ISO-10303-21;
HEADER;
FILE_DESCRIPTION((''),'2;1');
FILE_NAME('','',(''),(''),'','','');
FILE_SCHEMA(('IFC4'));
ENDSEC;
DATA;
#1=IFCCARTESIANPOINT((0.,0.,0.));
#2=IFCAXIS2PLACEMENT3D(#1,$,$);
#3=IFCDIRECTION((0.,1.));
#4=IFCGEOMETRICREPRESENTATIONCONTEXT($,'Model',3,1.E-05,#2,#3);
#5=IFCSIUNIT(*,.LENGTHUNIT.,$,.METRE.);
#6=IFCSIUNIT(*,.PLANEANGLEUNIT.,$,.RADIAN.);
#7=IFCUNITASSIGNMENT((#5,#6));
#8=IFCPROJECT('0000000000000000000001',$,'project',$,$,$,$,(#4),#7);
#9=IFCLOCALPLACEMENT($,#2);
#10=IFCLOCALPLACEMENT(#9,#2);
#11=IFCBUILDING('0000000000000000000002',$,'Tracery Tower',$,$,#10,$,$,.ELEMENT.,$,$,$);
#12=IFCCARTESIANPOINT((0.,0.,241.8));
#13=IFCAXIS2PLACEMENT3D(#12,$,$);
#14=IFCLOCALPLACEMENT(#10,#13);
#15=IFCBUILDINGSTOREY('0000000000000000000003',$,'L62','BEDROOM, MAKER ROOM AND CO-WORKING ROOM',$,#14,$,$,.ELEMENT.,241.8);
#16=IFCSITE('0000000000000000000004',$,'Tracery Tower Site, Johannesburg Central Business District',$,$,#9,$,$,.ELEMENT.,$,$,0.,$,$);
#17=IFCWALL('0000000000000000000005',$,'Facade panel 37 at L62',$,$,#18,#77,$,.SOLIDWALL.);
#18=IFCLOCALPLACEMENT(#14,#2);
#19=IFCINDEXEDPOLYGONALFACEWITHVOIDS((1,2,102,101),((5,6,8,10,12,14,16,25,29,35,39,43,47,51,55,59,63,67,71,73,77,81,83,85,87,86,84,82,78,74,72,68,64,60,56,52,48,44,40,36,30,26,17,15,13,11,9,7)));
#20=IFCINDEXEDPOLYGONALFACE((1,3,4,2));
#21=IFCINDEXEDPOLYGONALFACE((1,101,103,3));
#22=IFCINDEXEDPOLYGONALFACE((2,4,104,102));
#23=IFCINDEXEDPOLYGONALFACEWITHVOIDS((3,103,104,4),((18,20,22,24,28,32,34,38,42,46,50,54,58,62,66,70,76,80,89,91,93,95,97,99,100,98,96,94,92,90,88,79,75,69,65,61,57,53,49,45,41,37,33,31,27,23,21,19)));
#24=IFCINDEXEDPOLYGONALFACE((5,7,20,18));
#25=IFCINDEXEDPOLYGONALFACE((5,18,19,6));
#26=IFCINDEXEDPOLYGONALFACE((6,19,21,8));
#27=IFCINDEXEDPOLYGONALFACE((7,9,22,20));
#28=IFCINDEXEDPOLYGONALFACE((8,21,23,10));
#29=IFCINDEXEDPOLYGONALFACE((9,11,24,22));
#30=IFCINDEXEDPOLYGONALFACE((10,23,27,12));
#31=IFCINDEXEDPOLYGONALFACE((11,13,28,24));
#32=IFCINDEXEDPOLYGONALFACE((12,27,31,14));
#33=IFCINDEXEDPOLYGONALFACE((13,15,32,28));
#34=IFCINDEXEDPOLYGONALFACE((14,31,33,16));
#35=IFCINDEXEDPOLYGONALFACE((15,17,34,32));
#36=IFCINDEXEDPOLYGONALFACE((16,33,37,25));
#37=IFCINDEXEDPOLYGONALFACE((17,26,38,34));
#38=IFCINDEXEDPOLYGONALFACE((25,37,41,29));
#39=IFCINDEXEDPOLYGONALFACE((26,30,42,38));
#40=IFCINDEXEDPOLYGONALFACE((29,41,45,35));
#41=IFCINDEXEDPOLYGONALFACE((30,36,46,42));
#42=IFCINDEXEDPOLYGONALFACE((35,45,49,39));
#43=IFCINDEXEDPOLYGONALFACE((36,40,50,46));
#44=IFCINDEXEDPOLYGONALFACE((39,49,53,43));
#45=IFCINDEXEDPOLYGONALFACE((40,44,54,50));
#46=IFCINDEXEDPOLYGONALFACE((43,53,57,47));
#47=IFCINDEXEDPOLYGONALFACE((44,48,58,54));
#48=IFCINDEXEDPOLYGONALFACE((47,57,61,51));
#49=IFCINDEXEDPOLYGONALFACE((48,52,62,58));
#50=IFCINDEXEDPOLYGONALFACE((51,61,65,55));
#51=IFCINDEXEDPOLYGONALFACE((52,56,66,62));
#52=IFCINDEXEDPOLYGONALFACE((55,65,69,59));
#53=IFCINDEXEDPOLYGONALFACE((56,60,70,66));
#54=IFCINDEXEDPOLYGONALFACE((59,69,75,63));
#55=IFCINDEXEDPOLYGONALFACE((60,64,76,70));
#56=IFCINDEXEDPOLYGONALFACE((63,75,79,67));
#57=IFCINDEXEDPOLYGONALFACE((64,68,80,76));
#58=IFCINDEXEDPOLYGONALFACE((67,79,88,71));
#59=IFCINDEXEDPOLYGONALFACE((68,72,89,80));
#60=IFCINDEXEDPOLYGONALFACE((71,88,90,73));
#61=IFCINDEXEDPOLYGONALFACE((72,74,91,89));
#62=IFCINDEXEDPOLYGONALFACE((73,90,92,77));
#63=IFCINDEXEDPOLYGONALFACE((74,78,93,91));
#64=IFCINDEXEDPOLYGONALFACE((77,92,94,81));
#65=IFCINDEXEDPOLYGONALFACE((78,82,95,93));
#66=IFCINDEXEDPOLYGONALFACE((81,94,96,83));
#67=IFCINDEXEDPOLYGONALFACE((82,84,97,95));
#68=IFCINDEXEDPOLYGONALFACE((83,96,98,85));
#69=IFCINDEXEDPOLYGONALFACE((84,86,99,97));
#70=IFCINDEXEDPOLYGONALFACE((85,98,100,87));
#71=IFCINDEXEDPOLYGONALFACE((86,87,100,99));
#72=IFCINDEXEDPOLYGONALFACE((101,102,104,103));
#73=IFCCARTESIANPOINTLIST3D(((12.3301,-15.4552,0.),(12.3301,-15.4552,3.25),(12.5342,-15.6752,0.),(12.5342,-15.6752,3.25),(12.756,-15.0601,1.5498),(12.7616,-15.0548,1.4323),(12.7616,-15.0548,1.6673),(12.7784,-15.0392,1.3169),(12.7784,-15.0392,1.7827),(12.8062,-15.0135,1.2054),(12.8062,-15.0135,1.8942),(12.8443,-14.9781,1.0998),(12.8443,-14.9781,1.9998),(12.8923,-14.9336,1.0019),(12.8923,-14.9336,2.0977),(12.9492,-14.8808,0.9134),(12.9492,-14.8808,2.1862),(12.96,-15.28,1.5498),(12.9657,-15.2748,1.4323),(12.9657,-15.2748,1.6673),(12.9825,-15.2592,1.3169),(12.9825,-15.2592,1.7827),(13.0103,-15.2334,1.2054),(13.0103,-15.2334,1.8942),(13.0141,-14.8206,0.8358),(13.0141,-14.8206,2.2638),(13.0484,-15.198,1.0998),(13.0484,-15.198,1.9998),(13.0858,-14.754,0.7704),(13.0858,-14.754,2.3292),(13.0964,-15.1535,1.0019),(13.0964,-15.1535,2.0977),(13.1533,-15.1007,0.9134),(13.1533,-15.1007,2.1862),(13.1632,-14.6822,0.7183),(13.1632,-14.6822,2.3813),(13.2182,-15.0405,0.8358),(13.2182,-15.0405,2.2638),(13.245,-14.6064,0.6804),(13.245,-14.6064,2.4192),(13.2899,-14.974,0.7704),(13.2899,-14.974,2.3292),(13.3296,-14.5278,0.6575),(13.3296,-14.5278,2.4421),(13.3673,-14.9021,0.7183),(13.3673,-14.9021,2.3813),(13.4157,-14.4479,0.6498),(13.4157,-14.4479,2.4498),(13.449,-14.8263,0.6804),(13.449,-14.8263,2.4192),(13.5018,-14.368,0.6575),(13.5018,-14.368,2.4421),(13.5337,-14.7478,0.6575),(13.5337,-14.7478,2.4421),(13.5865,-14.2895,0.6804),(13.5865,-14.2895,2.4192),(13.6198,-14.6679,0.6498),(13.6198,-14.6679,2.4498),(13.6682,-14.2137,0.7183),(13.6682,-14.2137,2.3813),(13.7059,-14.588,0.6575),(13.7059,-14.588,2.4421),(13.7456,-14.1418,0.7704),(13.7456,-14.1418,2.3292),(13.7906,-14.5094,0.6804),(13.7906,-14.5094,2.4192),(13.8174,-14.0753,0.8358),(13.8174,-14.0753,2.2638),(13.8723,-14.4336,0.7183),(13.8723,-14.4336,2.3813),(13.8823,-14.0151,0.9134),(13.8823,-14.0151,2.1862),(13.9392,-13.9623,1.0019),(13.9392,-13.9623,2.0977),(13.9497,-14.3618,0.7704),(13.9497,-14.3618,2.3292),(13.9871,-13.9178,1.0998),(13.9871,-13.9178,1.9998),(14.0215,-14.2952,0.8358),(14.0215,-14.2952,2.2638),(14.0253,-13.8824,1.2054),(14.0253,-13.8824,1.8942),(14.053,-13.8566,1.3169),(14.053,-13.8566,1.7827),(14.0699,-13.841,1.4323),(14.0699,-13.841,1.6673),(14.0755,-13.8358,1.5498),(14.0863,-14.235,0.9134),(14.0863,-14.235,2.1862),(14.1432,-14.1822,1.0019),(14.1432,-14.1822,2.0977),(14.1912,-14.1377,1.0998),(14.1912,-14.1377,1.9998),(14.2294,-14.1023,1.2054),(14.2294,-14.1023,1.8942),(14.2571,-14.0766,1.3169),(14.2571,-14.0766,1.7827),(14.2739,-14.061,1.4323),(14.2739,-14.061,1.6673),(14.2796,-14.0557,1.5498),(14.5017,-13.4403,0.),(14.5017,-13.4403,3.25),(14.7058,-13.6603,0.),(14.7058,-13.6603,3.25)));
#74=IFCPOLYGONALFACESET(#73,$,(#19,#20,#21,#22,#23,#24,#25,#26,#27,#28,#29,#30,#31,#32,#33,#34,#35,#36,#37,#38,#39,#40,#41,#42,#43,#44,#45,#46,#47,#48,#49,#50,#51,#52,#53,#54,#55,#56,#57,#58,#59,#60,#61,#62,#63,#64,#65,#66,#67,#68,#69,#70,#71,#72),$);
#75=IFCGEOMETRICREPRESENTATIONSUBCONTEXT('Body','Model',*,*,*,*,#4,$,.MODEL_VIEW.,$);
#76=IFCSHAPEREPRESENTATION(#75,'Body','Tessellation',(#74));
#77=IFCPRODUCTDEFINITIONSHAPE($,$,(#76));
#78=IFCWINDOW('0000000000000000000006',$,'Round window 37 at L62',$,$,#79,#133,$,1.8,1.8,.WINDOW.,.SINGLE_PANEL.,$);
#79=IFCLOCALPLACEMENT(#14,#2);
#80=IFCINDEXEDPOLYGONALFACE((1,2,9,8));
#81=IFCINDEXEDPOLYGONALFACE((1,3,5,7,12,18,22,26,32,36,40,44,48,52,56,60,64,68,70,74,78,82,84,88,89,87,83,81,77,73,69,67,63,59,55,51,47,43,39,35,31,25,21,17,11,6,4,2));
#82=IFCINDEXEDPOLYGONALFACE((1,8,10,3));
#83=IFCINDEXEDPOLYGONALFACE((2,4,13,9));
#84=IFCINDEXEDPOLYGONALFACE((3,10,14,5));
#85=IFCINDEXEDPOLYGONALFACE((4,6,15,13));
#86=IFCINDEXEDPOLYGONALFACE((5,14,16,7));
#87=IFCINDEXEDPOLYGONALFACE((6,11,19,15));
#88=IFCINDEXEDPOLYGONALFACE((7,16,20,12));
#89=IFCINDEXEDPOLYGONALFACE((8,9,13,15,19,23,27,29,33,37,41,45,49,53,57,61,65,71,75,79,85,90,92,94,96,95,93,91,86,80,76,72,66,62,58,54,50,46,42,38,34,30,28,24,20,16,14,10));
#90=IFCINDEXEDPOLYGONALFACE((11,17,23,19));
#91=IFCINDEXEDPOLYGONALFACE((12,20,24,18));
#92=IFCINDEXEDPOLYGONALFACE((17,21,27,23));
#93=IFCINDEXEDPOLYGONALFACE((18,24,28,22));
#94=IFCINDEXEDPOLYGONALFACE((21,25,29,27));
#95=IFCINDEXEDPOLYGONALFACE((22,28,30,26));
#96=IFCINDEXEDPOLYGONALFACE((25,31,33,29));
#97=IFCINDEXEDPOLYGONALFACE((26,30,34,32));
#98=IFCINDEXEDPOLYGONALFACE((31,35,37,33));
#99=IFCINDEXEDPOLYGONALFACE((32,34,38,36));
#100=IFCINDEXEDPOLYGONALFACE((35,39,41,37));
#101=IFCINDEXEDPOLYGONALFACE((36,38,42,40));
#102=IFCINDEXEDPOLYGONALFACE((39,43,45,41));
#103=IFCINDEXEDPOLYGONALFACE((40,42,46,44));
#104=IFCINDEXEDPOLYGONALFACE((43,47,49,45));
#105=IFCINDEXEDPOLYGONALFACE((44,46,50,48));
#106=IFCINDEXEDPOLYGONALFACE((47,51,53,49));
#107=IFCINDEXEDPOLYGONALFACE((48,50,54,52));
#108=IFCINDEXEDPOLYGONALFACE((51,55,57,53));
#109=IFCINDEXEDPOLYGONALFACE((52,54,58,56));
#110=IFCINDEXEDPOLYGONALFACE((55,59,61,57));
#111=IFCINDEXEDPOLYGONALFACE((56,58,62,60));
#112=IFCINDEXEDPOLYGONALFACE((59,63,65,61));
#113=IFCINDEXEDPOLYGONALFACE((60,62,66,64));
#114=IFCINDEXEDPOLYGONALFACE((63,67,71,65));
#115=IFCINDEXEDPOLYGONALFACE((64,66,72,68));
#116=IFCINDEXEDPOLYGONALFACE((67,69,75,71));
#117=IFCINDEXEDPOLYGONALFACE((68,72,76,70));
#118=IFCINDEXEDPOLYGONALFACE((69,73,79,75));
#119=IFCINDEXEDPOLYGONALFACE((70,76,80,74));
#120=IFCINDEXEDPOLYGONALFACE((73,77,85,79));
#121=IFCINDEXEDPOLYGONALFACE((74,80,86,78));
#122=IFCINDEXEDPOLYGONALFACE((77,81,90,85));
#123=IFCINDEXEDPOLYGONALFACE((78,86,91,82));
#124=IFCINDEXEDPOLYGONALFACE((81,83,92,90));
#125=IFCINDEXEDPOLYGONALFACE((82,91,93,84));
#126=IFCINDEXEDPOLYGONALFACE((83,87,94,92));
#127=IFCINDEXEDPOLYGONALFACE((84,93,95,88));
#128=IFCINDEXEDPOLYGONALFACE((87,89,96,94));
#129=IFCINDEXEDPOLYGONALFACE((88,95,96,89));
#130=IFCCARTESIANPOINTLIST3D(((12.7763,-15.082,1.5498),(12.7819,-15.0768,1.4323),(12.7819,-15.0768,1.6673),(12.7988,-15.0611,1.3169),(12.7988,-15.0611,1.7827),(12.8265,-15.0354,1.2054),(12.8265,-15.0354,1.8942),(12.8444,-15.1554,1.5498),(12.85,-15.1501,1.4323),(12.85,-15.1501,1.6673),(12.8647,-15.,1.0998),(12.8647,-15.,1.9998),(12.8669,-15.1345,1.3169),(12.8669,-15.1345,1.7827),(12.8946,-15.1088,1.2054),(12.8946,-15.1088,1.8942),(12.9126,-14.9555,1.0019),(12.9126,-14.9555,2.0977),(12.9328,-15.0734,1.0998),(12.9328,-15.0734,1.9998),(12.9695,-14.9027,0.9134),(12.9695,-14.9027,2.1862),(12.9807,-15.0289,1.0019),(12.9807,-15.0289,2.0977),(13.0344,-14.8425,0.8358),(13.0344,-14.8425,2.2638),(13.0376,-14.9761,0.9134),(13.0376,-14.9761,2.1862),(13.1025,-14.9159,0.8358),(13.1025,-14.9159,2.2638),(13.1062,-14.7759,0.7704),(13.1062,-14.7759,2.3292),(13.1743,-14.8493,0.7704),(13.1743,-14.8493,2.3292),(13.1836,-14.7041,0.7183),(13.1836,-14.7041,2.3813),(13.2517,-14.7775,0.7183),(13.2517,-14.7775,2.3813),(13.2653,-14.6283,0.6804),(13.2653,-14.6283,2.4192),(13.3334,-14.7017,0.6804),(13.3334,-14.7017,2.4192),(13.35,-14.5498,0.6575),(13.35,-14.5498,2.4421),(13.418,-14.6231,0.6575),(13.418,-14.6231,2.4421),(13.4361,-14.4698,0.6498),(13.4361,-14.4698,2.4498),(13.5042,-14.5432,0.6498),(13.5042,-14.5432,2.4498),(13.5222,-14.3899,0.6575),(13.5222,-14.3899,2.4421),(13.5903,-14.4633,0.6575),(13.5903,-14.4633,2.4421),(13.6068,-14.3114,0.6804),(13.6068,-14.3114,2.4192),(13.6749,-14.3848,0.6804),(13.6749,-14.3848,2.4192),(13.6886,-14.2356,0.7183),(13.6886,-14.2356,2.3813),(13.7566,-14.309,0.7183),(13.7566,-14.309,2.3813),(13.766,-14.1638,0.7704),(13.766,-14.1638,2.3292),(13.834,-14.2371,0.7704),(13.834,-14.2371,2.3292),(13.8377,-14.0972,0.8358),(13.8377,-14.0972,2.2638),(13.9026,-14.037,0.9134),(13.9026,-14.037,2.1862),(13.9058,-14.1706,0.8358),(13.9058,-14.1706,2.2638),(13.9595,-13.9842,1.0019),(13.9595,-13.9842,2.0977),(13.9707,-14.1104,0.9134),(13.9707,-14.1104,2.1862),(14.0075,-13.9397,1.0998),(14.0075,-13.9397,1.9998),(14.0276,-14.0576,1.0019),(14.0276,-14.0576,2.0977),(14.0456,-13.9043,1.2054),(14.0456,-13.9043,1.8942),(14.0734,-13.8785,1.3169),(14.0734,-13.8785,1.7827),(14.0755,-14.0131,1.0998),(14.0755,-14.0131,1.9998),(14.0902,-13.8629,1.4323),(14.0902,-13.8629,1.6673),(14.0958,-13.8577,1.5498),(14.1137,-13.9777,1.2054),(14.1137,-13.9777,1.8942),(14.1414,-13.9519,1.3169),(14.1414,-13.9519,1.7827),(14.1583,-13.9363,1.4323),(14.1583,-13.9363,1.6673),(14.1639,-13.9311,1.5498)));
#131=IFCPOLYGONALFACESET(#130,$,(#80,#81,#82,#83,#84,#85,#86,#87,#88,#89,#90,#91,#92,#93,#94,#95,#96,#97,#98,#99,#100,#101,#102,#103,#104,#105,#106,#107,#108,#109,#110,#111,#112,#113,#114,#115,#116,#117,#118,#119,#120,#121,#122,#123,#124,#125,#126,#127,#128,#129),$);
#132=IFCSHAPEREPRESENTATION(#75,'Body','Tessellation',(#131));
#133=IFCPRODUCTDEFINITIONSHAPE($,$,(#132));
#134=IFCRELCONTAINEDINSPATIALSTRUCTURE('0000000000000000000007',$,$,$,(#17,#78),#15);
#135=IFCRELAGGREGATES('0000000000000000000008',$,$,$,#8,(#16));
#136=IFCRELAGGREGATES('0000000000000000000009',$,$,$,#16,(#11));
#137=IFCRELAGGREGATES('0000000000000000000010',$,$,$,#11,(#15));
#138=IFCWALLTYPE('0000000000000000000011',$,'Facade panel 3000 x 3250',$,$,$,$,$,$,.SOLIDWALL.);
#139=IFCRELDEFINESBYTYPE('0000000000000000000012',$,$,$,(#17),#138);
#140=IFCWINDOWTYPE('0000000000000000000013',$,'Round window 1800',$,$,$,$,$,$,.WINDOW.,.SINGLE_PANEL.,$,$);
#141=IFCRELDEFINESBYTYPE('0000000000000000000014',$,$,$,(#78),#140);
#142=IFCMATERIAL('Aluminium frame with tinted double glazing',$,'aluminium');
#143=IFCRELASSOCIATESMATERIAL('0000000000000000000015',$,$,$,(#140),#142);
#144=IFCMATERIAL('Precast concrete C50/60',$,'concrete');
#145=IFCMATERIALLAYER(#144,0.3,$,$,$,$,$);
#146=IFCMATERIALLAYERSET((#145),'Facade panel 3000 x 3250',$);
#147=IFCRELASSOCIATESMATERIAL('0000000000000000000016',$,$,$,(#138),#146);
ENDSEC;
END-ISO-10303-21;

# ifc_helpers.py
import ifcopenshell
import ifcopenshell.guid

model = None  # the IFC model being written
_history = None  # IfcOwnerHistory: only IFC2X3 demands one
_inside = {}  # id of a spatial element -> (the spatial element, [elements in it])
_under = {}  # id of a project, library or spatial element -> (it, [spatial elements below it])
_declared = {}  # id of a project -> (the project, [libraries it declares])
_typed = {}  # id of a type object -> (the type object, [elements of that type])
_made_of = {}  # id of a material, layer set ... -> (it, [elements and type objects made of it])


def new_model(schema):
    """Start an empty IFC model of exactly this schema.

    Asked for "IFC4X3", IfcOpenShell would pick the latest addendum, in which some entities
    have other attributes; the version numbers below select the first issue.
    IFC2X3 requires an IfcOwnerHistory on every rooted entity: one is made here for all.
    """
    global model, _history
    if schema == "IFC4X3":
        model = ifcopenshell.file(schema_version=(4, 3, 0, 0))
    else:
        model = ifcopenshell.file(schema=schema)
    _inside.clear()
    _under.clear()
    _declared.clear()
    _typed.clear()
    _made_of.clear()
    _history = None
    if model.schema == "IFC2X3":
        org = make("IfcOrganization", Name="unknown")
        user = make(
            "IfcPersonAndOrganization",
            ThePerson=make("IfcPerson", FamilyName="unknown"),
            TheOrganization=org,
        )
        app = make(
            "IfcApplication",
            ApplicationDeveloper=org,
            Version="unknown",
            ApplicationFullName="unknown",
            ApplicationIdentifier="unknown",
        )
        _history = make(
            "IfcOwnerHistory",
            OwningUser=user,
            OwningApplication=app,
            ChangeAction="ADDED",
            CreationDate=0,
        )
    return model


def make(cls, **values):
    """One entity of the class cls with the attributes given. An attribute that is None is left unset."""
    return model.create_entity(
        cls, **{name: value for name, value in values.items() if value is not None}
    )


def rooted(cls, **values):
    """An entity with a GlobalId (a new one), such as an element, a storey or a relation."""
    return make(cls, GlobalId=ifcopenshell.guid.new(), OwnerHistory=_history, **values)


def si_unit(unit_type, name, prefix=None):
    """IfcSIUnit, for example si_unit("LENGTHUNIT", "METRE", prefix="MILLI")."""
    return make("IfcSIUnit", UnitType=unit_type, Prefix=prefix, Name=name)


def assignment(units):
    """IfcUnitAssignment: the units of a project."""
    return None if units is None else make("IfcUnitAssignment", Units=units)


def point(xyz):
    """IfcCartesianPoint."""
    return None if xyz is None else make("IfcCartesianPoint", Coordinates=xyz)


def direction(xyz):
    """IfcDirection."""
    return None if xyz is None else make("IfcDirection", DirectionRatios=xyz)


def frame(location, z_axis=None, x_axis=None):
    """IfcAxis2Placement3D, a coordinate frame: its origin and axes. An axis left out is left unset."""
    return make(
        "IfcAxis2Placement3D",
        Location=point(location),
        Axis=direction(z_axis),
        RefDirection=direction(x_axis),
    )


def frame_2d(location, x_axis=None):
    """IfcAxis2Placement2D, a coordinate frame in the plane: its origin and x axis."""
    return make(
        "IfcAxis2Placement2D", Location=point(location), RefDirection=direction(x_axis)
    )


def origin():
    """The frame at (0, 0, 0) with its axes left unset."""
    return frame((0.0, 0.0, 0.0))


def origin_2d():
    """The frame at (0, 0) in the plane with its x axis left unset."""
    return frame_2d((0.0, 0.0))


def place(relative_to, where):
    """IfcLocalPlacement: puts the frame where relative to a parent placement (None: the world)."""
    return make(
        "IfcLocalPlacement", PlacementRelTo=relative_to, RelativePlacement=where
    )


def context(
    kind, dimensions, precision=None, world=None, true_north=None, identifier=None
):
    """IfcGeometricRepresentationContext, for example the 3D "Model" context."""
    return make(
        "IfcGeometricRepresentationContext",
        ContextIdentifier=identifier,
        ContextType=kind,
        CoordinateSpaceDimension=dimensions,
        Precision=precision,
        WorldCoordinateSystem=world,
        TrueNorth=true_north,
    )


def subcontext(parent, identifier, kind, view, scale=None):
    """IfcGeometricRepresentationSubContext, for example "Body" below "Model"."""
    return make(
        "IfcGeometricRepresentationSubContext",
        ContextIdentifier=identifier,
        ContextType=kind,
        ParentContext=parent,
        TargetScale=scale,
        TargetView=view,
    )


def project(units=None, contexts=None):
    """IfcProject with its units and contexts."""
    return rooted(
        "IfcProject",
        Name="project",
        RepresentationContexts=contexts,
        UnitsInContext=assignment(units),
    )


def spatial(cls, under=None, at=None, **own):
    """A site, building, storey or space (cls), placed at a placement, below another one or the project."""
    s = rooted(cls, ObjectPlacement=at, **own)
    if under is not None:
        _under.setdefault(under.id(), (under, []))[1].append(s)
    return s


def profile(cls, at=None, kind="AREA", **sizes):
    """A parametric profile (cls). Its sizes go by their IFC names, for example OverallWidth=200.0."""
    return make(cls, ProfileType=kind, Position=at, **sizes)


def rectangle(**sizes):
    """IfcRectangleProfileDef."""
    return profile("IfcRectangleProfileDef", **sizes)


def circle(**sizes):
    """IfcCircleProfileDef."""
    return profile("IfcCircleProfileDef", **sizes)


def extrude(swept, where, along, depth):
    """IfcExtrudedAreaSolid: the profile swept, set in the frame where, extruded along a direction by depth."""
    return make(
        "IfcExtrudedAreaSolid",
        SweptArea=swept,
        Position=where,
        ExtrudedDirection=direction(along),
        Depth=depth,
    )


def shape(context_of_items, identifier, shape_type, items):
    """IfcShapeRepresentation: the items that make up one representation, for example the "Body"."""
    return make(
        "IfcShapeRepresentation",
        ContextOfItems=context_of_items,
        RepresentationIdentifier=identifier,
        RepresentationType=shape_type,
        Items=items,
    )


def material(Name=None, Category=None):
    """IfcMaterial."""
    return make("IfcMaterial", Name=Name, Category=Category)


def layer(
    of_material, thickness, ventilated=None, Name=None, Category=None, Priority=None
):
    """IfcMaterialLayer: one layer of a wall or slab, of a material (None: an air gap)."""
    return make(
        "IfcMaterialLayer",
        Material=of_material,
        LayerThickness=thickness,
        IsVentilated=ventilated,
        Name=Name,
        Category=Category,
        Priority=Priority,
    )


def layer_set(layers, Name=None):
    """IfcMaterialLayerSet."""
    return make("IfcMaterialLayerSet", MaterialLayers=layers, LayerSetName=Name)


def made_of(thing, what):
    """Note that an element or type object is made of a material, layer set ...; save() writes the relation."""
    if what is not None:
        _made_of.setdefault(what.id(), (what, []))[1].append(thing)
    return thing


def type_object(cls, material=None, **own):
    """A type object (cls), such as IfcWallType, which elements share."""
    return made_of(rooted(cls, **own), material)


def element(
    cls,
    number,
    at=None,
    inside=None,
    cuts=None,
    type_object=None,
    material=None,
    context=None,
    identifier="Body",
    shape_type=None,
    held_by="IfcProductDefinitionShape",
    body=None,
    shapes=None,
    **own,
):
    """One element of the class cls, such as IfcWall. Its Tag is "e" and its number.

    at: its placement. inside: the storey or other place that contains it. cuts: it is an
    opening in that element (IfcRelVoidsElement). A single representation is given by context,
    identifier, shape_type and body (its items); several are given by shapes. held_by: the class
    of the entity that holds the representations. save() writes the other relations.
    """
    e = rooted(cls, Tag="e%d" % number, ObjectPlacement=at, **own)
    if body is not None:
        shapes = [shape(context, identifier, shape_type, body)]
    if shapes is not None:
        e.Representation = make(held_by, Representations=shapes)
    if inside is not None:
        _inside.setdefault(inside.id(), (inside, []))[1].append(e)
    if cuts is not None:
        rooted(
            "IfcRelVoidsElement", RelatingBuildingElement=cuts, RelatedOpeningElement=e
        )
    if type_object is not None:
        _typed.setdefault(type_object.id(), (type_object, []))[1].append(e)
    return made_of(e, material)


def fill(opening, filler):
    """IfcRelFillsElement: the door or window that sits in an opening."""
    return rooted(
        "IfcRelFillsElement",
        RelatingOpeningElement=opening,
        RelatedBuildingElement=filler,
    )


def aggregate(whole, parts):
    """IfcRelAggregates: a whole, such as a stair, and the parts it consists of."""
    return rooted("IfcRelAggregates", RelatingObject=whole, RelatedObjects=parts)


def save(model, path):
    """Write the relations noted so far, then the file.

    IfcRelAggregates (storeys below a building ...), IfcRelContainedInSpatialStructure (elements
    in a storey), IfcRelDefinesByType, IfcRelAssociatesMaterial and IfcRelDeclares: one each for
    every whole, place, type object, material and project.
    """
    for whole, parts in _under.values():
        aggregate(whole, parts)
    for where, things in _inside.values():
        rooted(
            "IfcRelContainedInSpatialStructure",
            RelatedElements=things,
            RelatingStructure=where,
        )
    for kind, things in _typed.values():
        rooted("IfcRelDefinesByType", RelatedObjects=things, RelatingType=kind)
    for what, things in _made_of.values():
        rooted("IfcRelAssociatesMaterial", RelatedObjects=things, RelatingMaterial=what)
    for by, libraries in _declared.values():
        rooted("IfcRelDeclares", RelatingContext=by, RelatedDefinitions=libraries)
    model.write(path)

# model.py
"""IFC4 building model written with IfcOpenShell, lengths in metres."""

from ifc_helpers import new_model, si_unit, direction, frame, frame_2d, origin, origin_2d, place, context, subcontext, project, spatial, rectangle, circle, extrude, material, layer, layer_set, type_object, element, fill, save


model = new_model("IFC4")

# Units and contexts
model_context = context("Model", 3, precision=1e-05, world=origin(), true_north=direction((0.0, 1.0)))
body_context = subcontext(model_context, "Body", "Model", "MODEL_VIEW")
ifc_project = project(units=[si_unit("LENGTHUNIT", "METRE"), si_unit("PLANEANGLEUNIT", "RADIAN")], contexts=[model_context])

# Site, building, storey
site_placement = place(None, origin())
site = spatial("IfcSite", under=ifc_project, at=site_placement, Name="Tracery Tower Site, Johannesburg Central Business District", CompositionType="ELEMENT", RefElevation=0.0)
building_placement = place(site_placement, origin())
building = spatial("IfcBuilding", under=site, at=building_placement, Name="Tracery Tower", CompositionType="ELEMENT")
storey_placement = place(building_placement, frame((0.0, 0.0, 241.8)))
storey = spatial("IfcBuildingStorey", under=building, at=storey_placement, Name="L62", Description="BEDROOM, MAKER ROOM AND CO-WORKING ROOM", CompositionType="ELEMENT", Elevation=241.8)

# Wall, opening, window
ifc_material_1 = material(Name="Aluminium frame with tinted double glazing", Category="aluminium")
window_type = type_object("IfcWindowType", Name="Round window 1800", PartitioningType="SINGLE_PANEL", PredefinedType="WINDOW", material=ifc_material_1)
ifc_material_2 = material(Name="Precast concrete C50/60", Category="concrete")
ifc_layer_1 = layer(ifc_material_2, 0.3)
ifc_layer_set_1 = layer_set([ifc_layer_1], Name="Facade panel 3000 x 3250")
wall_type_1 = type_object("IfcWallType", Name="Facade panel 3000 x 3250", PredefinedType="SOLIDWALL", material=ifc_layer_set_1)
wall_1_placement = place(storey_placement, frame((12.4321, -15.5652, 0.0), z_axis=(0.0, 0.0, 1.0), x_axis=(0.733066, 0.680157, 0.0)))
wall_1 = element("IfcWall", 1, at=wall_1_placement, inside=storey, type_object=wall_type_1, Name="Facade panel 37 at L62", PredefinedType="SOLIDWALL", context=body_context, shape_type="SweptSolid", body=[
    extrude(rectangle(XDim=2.9624, YDim=0.3, at=frame_2d((1.4812, 0.0))), origin(), (0.0, 0.0, 1.0), 3.25),
])
opening_1_placement = place(wall_1_placement, frame((1.481, 0.0, 1.5498)))
opening_1 = element("IfcOpeningElement", 2, at=opening_1_placement, cuts=wall_1, PredefinedType="OPENING", context=body_context, shape_type="SweptSolid", body=[
    extrude(circle(Radius=0.9, at=origin_2d()), frame((0.0, 0.1599, 0.0), z_axis=(0.0, -1.0, 0.0), x_axis=(1.0, 0.0, 0.0)), (0.0, 0.0, 1.0), 0.3201),
])
window_1_placement = place(opening_1_placement, origin())
window_1 = element("IfcWindow", 3, at=window_1_placement, inside=storey, type_object=window_type, Name="Round window 37 at L62", OverallHeight=1.8, OverallWidth=1.8, PartitioningType="SINGLE_PANEL", PredefinedType="WINDOW", context=body_context, shape_type="SweptSolid", body=[
    extrude(circle(Radius=0.9, at=origin_2d()), frame((0.0, 0.1201, 0.0), z_axis=(0.0, -1.0, 0.0), x_axis=(1.0, 0.0, 0.0)), (0.0, 0.0, 1.0), 0.1001),
])
fill(opening_1, window_1)

save(model, "model.ifc")
